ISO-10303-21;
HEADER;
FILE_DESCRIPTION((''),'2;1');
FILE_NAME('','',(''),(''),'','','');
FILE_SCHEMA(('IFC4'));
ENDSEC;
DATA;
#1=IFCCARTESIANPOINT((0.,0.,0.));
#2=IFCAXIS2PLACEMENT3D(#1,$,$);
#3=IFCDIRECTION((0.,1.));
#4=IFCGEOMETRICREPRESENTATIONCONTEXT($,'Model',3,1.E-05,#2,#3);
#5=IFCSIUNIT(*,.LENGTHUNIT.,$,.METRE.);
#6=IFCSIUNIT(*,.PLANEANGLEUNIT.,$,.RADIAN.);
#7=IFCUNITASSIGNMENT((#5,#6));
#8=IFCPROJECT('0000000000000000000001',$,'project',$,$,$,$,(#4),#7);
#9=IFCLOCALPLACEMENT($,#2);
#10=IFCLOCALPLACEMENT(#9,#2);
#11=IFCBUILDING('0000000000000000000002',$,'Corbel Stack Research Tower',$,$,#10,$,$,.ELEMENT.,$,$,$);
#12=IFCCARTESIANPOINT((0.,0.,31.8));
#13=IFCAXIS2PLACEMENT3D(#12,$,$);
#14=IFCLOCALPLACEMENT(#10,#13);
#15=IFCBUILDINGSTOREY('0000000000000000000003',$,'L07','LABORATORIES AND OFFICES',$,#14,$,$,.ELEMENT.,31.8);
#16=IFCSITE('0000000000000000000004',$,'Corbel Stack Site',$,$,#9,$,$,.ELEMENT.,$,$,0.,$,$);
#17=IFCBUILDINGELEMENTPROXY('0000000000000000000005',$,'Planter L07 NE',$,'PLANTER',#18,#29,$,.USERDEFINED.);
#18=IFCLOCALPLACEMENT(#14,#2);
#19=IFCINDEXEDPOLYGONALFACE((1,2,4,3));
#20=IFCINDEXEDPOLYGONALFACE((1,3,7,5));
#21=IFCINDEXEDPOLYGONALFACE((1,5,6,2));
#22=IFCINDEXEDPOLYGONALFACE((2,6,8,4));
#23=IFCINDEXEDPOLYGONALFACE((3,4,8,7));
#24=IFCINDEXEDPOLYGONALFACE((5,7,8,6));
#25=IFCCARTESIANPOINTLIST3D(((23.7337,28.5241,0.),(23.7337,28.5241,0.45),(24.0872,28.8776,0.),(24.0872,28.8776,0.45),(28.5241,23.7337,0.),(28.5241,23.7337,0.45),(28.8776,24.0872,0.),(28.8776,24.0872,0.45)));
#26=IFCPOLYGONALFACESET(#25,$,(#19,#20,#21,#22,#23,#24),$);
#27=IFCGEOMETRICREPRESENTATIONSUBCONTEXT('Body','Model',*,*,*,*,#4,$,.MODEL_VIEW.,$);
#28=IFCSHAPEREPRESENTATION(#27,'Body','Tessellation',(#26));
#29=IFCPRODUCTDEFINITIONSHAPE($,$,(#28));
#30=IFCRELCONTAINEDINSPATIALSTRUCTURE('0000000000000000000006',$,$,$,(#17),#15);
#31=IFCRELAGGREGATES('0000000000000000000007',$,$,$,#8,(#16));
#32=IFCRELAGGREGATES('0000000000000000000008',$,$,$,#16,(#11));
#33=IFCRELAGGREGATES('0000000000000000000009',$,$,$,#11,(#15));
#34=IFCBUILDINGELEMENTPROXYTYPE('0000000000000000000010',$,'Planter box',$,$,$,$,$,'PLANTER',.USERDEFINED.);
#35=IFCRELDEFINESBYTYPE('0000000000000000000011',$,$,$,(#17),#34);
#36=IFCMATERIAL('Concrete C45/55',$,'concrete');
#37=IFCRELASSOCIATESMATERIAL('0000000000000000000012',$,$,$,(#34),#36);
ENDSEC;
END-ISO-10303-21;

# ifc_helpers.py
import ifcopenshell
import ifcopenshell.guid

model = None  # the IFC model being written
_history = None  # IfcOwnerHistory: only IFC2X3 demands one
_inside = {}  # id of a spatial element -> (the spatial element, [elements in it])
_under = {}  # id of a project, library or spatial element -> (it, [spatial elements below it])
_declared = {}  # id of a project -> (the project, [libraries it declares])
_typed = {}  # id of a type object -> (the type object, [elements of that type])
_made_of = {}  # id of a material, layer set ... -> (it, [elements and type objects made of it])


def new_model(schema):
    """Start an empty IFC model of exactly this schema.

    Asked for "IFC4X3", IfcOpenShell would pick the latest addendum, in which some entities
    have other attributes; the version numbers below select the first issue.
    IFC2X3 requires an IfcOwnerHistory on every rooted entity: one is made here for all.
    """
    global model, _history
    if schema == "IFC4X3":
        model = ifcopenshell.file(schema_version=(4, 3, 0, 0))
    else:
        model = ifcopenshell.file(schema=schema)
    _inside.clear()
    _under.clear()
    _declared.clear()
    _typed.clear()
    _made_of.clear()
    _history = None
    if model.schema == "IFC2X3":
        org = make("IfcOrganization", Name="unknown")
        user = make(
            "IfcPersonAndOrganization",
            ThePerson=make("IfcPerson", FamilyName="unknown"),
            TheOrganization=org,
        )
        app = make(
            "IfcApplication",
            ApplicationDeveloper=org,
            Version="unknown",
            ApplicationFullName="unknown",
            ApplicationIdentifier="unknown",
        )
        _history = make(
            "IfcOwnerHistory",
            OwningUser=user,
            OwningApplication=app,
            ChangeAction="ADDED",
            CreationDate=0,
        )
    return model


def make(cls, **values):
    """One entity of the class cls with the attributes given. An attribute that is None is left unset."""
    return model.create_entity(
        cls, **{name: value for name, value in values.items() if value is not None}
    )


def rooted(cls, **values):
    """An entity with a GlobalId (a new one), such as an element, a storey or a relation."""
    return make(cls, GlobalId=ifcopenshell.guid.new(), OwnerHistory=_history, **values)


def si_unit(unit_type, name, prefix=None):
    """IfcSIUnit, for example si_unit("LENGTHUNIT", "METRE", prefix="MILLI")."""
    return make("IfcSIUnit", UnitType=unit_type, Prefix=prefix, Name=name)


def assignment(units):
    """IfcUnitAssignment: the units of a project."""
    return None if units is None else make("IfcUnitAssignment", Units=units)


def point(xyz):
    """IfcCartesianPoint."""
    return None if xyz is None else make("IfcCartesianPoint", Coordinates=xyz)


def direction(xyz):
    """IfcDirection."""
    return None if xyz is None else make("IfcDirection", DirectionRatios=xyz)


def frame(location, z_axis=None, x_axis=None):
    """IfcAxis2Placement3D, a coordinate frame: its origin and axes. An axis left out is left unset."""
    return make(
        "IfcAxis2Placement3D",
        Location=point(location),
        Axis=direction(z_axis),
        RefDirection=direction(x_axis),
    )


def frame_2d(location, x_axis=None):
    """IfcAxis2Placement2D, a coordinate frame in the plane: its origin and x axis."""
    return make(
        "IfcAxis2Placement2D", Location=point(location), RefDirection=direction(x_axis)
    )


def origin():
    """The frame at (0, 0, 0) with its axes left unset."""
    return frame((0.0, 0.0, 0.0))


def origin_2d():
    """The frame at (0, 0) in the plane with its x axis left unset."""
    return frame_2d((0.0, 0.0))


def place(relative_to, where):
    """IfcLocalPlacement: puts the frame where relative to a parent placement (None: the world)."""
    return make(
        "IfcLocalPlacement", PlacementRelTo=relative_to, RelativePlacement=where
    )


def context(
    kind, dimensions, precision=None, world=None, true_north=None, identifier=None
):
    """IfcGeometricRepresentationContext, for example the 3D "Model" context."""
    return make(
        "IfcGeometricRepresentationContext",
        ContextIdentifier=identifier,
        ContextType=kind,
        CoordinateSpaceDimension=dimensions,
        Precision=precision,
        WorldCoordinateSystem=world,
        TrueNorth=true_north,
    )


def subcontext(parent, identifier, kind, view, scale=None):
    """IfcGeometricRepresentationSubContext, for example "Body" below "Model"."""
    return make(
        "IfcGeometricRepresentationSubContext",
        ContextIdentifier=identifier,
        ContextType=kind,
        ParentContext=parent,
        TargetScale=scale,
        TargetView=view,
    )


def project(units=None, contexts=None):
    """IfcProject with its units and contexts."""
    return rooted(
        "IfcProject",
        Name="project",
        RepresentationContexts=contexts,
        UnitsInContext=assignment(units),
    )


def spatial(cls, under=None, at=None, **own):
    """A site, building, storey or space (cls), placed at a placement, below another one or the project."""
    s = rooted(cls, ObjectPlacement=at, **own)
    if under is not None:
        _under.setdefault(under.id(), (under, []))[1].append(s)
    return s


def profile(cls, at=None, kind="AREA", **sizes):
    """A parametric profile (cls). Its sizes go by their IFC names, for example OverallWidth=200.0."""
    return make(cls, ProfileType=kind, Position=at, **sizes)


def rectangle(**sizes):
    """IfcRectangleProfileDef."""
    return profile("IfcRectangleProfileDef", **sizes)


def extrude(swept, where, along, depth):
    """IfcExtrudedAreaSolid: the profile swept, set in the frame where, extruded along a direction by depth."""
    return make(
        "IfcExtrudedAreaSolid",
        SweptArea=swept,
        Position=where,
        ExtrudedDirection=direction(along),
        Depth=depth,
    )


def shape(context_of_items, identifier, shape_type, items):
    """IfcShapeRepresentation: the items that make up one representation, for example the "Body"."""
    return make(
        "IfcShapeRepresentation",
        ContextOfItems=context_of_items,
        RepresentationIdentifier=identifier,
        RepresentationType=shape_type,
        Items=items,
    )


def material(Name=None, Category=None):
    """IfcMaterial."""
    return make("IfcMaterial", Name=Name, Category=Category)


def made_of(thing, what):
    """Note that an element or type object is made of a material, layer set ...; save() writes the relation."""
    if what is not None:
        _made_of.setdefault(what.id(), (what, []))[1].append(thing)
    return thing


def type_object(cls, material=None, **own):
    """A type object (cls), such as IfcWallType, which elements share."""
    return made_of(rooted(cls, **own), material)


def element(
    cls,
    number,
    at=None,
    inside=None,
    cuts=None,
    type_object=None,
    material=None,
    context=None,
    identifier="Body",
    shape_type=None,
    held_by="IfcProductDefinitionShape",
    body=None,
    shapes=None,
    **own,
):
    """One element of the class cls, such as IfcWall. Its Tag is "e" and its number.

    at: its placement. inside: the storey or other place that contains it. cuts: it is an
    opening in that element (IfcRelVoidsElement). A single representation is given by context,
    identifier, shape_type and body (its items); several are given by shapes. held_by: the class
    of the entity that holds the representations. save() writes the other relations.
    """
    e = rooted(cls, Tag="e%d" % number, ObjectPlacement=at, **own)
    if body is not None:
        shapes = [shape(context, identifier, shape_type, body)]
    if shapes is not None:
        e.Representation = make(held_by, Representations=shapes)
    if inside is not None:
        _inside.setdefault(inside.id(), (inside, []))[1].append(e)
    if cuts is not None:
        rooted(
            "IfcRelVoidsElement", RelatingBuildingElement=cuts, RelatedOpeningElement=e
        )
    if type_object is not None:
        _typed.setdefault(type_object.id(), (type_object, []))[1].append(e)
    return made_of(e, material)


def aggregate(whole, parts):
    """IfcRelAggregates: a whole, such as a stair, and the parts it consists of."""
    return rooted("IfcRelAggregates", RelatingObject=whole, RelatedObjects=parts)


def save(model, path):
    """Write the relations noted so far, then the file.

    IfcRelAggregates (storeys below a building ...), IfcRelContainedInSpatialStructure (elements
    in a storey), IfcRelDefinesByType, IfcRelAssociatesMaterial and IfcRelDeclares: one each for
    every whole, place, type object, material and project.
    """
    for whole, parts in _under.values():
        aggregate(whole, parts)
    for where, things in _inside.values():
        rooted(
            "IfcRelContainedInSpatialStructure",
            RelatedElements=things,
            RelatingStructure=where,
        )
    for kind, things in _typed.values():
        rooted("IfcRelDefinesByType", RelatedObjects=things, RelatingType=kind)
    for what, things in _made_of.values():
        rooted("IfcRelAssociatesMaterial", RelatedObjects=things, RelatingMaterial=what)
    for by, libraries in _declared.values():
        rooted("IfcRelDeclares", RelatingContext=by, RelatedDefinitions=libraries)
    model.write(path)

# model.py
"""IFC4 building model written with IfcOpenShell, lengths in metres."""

from ifc_helpers import new_model, si_unit, direction, frame, origin, origin_2d, place, context, subcontext, project, spatial, rectangle, extrude, material, type_object, element, save


model = new_model("IFC4")

# Units and contexts
model_context = context("Model", 3, precision=1e-05, world=origin(), true_north=direction((0.0, 1.0)))
body_context = subcontext(model_context, "Body", "Model", "MODEL_VIEW")
ifc_project = project(units=[si_unit("LENGTHUNIT", "METRE"), si_unit("PLANEANGLEUNIT", "RADIAN")], contexts=[model_context])

# Site, building, storey
site_placement = place(None, origin())
site = spatial("IfcSite", under=ifc_project, at=site_placement, Name="Corbel Stack Site", CompositionType="ELEMENT", RefElevation=0.0)
building_placement = place(site_placement, origin())
building = spatial("IfcBuilding", under=site, at=building_placement, Name="Corbel Stack Research Tower", CompositionType="ELEMENT")
storey_placement = place(building_placement, frame((0.0, 0.0, 31.8)))
storey = spatial("IfcBuildingStorey", under=building, at=storey_placement, Name="L07", Description="LABORATORIES AND OFFICES", CompositionType="ELEMENT", Elevation=31.8)

# Building element proxy
ifc_material_1 = material(Name="Concrete C45/55", Category="concrete")
building_element_proxy_type = type_object("IfcBuildingElementProxyType", Name="Planter box", ElementType="PLANTER", PredefinedType="USERDEFINED", material=ifc_material_1)
proxy_placement = place(storey_placement, frame((26.3057, 26.3057, 0.0), z_axis=(0.0, 0.0, 1.0), x_axis=(-0.707107, 0.707107, 0.0)))
element("IfcBuildingElementProxy", 1, at=proxy_placement, inside=storey, type_object=building_element_proxy_type, Name="Planter L07 NE", ObjectType="PLANTER", PredefinedType="USERDEFINED", context=body_context, shape_type="SweptSolid", body=[
    extrude(rectangle(XDim=6.7747, YDim=0.5, at=origin_2d()), origin(), (0.0, 0.0, 1.0), 0.45),
])

save(model, "model.ifc")
